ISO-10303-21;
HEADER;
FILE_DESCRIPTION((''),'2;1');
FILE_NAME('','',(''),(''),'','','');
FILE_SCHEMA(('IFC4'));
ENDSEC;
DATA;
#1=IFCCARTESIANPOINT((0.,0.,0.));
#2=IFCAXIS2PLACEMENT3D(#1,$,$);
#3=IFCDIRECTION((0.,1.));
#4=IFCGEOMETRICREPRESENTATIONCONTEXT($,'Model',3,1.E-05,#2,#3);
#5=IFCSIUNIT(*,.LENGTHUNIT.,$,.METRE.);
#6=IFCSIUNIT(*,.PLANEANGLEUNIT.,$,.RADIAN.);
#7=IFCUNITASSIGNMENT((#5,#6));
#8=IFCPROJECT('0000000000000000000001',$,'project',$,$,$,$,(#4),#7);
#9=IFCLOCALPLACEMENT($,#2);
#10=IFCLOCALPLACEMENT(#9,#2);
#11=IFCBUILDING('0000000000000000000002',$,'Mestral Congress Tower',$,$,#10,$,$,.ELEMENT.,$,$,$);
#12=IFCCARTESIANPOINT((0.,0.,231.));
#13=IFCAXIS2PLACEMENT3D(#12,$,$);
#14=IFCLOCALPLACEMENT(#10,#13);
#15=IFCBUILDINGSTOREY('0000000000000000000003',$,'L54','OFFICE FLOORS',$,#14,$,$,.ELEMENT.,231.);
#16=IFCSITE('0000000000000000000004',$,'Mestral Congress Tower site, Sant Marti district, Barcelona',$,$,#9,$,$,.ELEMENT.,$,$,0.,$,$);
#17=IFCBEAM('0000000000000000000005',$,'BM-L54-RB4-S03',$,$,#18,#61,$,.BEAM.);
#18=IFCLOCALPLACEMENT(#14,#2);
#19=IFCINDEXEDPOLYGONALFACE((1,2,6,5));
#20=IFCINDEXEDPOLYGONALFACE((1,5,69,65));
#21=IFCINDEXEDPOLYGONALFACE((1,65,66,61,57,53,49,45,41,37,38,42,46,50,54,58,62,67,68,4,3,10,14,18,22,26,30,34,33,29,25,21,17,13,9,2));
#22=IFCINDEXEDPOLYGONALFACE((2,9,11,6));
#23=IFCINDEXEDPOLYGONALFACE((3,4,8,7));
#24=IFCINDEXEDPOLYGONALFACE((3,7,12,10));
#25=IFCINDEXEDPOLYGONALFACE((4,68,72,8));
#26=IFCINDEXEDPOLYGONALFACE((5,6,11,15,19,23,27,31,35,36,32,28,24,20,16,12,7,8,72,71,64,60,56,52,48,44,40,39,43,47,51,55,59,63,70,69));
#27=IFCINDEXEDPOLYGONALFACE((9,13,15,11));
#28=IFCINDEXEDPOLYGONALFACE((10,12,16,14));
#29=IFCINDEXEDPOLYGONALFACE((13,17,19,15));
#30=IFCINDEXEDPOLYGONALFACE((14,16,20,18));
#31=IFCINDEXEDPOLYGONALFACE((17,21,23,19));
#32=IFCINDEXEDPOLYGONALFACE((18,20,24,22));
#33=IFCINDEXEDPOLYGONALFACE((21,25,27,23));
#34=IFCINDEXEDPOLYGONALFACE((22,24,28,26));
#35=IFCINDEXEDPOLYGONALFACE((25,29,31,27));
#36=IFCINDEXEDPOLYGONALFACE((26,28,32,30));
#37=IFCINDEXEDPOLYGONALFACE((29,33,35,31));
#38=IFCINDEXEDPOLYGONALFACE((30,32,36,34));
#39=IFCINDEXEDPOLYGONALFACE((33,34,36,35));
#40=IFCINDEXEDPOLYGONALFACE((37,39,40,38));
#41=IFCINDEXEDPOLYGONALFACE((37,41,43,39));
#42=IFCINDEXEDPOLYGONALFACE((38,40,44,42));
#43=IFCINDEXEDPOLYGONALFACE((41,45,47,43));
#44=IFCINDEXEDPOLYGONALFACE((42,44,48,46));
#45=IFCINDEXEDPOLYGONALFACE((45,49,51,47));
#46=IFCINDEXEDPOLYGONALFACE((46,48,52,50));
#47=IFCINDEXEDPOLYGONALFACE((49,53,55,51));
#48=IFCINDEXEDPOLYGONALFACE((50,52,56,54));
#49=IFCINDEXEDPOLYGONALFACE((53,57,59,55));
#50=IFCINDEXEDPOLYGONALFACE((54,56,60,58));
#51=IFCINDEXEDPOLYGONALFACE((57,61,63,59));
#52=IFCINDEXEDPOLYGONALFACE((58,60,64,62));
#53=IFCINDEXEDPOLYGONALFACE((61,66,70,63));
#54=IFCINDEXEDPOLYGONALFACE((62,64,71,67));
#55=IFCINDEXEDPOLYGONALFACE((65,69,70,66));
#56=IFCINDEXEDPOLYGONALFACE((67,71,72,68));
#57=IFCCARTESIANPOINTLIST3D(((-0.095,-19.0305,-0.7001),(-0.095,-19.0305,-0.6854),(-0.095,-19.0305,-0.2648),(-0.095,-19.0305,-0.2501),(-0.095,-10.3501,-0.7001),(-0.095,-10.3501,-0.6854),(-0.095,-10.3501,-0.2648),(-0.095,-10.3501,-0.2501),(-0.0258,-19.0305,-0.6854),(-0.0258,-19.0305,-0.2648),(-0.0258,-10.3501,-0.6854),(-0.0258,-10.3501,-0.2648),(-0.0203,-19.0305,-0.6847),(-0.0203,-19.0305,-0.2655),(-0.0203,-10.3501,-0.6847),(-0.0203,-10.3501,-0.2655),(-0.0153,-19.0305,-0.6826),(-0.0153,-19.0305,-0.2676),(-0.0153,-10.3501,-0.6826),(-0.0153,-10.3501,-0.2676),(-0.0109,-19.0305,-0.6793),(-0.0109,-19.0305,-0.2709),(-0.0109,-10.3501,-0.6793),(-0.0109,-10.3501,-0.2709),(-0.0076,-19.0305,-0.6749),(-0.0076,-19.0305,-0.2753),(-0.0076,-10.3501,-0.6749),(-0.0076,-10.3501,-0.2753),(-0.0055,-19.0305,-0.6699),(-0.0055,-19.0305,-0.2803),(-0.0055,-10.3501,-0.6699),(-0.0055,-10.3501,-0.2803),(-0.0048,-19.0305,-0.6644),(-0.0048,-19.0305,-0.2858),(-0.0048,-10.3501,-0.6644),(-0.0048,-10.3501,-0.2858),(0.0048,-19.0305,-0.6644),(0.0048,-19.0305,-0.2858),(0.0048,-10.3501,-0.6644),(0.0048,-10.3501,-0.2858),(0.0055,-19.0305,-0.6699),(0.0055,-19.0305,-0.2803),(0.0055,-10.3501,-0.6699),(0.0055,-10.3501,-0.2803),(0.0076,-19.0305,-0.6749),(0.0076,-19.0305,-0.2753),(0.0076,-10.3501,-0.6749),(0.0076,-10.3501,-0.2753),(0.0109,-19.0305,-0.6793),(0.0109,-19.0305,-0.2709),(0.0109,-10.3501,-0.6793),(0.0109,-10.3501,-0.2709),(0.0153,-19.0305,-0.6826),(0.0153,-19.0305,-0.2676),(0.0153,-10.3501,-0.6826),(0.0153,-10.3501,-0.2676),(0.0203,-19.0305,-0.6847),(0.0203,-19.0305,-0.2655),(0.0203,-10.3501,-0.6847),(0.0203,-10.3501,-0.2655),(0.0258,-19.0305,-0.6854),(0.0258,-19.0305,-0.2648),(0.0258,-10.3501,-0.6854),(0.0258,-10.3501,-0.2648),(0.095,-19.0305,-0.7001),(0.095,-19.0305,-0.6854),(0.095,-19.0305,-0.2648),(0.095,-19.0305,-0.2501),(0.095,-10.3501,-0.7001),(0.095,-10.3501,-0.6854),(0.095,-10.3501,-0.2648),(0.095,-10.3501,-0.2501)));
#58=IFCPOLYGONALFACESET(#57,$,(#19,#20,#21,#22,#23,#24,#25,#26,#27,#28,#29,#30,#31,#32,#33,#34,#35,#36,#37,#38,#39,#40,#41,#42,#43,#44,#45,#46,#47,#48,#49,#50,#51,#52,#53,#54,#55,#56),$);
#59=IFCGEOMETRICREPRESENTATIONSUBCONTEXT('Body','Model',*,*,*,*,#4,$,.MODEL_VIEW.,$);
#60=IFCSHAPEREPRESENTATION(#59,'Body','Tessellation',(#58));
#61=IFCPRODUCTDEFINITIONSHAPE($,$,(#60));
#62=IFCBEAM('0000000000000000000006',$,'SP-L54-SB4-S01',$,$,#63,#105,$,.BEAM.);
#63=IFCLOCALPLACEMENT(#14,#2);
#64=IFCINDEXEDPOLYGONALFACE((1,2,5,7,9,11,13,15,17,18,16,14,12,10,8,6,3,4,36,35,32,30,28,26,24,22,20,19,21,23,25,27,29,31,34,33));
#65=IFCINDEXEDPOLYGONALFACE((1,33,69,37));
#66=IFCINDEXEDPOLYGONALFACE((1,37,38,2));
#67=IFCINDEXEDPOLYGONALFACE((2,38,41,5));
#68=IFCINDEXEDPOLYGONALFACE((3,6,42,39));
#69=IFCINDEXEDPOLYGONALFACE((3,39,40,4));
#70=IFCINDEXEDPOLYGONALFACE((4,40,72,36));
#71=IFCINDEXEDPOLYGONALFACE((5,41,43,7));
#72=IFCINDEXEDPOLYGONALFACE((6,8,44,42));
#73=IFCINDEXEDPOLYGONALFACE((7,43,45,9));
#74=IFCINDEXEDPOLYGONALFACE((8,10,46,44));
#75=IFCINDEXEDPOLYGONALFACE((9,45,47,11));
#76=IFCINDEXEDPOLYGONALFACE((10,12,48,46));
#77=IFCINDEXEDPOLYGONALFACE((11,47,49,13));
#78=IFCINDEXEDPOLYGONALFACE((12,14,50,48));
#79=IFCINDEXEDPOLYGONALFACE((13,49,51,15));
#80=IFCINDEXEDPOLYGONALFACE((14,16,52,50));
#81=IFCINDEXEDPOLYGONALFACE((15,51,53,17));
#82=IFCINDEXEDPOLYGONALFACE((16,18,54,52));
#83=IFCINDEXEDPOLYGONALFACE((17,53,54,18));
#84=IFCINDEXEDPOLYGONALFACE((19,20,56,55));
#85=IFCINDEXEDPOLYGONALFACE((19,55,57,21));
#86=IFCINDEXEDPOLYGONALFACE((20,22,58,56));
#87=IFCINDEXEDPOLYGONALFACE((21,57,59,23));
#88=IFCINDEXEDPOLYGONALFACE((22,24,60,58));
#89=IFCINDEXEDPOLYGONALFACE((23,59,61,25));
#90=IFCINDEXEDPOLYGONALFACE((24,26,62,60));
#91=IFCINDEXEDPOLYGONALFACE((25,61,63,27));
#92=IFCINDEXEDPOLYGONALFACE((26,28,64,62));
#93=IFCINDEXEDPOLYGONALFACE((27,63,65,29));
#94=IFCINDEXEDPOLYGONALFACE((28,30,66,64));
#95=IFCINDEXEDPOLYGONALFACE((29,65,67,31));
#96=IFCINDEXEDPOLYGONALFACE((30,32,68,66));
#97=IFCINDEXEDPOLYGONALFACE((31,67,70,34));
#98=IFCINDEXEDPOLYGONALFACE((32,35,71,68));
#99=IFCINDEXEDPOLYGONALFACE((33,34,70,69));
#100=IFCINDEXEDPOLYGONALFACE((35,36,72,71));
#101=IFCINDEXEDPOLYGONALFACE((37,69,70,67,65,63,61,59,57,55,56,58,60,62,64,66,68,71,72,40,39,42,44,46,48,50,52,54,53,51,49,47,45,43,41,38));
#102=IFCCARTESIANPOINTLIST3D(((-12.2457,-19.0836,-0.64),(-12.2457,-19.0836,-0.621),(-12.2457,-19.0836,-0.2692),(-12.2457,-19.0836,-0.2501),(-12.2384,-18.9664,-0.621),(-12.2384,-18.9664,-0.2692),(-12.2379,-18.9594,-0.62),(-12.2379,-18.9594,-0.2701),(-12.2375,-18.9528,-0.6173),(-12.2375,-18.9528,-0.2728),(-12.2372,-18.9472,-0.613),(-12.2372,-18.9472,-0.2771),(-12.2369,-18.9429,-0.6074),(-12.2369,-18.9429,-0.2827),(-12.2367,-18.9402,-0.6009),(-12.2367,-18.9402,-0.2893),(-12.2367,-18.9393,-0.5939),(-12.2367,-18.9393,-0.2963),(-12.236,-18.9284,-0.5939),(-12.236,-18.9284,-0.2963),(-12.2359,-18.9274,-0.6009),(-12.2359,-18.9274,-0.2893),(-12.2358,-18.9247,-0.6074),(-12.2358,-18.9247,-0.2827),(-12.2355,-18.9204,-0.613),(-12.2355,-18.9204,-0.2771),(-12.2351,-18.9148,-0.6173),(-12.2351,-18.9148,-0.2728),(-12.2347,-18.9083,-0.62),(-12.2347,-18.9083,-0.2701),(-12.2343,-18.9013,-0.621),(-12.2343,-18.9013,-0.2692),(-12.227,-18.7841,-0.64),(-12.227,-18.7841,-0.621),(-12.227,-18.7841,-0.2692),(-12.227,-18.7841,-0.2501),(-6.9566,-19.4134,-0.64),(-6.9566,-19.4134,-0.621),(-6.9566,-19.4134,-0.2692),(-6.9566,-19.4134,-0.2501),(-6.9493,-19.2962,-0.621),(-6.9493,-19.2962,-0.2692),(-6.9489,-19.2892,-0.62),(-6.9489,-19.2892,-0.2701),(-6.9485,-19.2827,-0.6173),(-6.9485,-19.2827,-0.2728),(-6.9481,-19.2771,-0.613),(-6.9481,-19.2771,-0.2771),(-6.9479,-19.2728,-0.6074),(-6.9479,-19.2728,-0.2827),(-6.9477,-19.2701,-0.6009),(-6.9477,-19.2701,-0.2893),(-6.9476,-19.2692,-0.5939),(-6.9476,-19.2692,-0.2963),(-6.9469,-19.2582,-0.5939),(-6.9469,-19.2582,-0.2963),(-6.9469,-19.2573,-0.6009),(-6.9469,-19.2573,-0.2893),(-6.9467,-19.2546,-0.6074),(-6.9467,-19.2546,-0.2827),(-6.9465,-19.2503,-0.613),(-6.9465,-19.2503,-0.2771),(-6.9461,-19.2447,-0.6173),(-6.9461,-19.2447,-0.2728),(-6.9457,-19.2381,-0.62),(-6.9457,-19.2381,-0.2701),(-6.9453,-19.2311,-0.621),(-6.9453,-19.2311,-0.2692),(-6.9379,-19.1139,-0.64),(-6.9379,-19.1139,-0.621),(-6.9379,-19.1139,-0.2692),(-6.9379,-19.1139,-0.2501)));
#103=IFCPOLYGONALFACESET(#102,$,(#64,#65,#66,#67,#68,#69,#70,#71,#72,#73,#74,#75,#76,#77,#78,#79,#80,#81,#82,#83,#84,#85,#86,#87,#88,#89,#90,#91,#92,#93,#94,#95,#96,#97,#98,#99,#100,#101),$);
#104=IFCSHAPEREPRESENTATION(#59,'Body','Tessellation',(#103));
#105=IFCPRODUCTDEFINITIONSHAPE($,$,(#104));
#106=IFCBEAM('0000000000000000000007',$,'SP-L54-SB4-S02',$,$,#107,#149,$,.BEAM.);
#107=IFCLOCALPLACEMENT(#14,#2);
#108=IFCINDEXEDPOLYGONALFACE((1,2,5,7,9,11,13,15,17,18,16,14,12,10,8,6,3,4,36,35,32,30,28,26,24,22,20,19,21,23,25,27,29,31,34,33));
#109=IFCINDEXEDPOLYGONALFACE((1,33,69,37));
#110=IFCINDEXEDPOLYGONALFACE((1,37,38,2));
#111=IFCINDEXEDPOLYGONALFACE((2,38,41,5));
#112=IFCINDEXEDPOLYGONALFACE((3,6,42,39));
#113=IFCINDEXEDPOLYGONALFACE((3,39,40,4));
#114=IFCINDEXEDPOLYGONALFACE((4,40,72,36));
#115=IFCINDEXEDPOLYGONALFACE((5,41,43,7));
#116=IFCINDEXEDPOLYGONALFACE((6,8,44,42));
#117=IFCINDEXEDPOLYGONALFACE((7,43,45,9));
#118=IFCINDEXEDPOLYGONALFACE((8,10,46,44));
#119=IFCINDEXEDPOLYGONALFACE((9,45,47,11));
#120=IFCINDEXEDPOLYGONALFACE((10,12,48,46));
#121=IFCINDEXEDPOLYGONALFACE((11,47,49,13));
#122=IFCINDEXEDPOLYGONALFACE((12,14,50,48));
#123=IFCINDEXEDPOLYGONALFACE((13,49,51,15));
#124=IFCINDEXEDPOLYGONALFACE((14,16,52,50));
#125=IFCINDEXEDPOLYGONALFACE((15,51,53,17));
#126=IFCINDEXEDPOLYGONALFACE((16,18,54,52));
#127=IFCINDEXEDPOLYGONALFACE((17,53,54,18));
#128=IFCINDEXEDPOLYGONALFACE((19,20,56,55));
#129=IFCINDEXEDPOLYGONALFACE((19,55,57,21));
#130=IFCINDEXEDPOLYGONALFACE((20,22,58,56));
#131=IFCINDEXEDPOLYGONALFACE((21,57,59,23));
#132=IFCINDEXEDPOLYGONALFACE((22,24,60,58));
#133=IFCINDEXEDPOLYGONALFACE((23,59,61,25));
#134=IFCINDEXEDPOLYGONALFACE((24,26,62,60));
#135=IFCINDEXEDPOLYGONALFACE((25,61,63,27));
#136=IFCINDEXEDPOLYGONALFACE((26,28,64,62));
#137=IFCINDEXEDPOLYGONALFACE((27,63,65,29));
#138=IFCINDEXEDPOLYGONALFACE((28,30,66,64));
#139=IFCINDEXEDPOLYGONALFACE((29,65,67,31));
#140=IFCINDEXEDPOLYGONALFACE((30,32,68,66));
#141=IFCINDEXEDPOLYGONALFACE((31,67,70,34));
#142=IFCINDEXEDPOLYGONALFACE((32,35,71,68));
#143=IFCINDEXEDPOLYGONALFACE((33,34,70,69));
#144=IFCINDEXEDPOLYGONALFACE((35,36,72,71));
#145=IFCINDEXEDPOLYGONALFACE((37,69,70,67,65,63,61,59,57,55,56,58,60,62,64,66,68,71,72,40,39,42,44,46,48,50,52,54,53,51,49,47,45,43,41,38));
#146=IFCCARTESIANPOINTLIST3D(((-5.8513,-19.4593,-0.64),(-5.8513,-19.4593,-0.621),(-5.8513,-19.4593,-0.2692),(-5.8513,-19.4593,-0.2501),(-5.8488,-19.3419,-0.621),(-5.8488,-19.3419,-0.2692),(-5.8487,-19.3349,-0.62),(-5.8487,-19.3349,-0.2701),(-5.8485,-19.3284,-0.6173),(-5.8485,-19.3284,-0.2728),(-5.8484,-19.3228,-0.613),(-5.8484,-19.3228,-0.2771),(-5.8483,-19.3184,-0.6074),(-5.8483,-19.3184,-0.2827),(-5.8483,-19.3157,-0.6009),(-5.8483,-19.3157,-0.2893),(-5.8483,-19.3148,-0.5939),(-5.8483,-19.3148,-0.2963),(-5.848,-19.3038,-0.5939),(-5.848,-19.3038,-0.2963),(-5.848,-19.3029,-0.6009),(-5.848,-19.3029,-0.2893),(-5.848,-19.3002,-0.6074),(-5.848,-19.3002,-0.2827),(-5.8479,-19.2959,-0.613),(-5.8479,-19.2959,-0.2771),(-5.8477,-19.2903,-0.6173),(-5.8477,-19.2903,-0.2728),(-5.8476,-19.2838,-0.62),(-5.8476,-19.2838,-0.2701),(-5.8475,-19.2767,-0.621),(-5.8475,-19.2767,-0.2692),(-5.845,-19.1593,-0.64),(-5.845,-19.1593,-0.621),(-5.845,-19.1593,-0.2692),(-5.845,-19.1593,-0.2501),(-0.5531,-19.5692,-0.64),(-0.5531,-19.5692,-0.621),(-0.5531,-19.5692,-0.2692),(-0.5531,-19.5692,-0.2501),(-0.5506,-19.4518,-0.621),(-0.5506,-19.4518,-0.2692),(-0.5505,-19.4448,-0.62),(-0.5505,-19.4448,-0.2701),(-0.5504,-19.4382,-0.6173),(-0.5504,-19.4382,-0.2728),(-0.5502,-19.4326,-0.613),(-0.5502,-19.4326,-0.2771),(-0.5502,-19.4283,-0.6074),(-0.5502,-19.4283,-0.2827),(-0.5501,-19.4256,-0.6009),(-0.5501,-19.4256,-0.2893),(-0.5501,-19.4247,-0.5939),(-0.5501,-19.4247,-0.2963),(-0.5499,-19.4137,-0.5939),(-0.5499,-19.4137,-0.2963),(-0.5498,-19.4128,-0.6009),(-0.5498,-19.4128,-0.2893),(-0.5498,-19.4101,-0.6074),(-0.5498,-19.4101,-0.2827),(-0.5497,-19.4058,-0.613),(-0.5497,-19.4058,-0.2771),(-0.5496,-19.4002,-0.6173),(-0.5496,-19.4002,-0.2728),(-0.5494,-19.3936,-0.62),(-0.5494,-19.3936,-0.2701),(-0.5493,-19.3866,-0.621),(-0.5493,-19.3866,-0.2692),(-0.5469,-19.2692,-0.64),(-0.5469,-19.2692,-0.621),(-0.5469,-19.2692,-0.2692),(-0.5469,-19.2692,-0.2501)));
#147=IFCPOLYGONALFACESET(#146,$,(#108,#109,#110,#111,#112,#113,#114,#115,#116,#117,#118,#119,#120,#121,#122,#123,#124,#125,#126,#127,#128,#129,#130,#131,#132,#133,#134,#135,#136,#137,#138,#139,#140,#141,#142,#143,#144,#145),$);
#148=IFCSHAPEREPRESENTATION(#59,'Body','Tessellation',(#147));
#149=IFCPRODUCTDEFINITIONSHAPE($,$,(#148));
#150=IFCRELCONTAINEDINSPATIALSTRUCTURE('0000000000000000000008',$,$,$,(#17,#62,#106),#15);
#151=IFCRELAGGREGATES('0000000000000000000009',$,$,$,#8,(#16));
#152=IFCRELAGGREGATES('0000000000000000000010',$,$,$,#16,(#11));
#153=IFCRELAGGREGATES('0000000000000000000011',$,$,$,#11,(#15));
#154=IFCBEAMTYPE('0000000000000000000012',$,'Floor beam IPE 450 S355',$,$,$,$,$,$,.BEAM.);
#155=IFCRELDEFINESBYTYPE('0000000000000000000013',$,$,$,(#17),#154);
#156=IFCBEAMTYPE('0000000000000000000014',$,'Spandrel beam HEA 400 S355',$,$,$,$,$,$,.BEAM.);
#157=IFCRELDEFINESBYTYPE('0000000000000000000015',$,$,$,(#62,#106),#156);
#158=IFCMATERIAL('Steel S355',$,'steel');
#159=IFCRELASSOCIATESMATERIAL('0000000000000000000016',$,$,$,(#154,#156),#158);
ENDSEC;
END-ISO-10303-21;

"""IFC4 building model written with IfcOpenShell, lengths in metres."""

from ifc_helpers import new_model, si_unit, direction, frame, origin, origin_2d, place, context, subcontext, project, spatial, i_section, extrude, material, material_profile, profile_set, type_object, element, save


model = new_model("IFC4")

# Units and contexts
model_context = context("Model", 3, precision=1e-05, world=origin(), true_north=direction((0.0, 1.0)))
body_context = subcontext(model_context, "Body", "Model", "MODEL_VIEW")
ifc_project = project(units=[si_unit("LENGTHUNIT", "METRE"), si_unit("PLANEANGLEUNIT", "RADIAN")], contexts=[model_context])

# Site, building, storey
site_placement = place(None, origin())
site = spatial("IfcSite", under=ifc_project, at=site_placement, Name="Mestral Congress Tower site, Sant Marti district, Barcelona", CompositionType="ELEMENT", RefElevation=0.0)
building_placement = place(site_placement, origin())
building = spatial("IfcBuilding", under=site, at=building_placement, Name="Mestral Congress Tower", CompositionType="ELEMENT")
storey_placement = place(building_placement, frame((0.0, 0.0, 231.0)))
storey = spatial("IfcBuildingStorey", under=building, at=storey_placement, Name="L54", Description="OFFICE FLOORS", CompositionType="ELEMENT", Elevation=231.0)

# Beams
ifc_material_1 = material(Name="Steel S355", Category="steel")
ifc_material_profile_1 = material_profile(ifc_material_1, i_section(OverallWidth=0.1899, OverallDepth=0.45, WebThickness=0.0095, FlangeThickness=0.0146, FilletRadius=0.021, at=origin_2d()), Name="IPE 450")
ifc_profile_set_1 = profile_set([ifc_material_profile_1], Name="Steel S355")
beam_type_1 = type_object("IfcBeamType", Name="Floor beam IPE 450 S355", PredefinedType="BEAM", material=ifc_profile_set_1)
beam_1_placement = place(storey_placement, frame((0.0, -19.0305, -0.4751), z_axis=(0.0, 1.0, 0.0), x_axis=(-1.0, 0.0, 0.0)))
element("IfcBeam", 1, at=beam_1_placement, inside=storey, type_object=beam_type_1, Name="BM-L54-RB4-S03", PredefinedType="BEAM", context=body_context, shape_type="SweptSolid", body=[
    extrude(i_section(OverallWidth=0.1899, OverallDepth=0.45, WebThickness=0.0095, FlangeThickness=0.0146, FilletRadius=0.021, at=origin_2d()), origin(), (0.0, 0.0, 1.0), 8.6804),
])
ifc_material_profile_2 = material_profile(ifc_material_1, i_section(OverallWidth=0.3, OverallDepth=0.3899, WebThickness=0.011, FlangeThickness=0.019, FilletRadius=0.0271, at=origin_2d()), Name="HEA 400")
ifc_profile_set_2 = profile_set([ifc_material_profile_2], Name="Steel S355")
beam_type_2 = type_object("IfcBeamType", Name="Spandrel beam HEA 400 S355", PredefinedType="BEAM", material=ifc_profile_set_2)
for number, where, z_axis, x_axis, name in (
    (2, (-12.2363, -18.9338, -0.4451), (0.998061, -0.062241, 0.0), (0.062241, 0.998061, 0.0), "SP-L54-SB4-S01"),
    (3, (-5.8481, -19.3093, -0.4451), (0.999785, -0.020732, 0.0), (0.020732, 0.999785, 0.0), "SP-L54-SB4-S02"),
):
    element("IfcBeam", number, at=place(storey_placement, frame(where, z_axis=z_axis, x_axis=x_axis)), inside=storey, type_object=beam_type_2, Name=name, PredefinedType="BEAM", context=body_context, shape_type="SweptSolid", body=[
        extrude(i_section(OverallWidth=0.3, OverallDepth=0.3899, WebThickness=0.011, FlangeThickness=0.019, FilletRadius=0.0271, at=origin_2d()), origin(), (0.0, 0.0, 1.0), 5.2993),
    ])

save(model, "model.ifc")
